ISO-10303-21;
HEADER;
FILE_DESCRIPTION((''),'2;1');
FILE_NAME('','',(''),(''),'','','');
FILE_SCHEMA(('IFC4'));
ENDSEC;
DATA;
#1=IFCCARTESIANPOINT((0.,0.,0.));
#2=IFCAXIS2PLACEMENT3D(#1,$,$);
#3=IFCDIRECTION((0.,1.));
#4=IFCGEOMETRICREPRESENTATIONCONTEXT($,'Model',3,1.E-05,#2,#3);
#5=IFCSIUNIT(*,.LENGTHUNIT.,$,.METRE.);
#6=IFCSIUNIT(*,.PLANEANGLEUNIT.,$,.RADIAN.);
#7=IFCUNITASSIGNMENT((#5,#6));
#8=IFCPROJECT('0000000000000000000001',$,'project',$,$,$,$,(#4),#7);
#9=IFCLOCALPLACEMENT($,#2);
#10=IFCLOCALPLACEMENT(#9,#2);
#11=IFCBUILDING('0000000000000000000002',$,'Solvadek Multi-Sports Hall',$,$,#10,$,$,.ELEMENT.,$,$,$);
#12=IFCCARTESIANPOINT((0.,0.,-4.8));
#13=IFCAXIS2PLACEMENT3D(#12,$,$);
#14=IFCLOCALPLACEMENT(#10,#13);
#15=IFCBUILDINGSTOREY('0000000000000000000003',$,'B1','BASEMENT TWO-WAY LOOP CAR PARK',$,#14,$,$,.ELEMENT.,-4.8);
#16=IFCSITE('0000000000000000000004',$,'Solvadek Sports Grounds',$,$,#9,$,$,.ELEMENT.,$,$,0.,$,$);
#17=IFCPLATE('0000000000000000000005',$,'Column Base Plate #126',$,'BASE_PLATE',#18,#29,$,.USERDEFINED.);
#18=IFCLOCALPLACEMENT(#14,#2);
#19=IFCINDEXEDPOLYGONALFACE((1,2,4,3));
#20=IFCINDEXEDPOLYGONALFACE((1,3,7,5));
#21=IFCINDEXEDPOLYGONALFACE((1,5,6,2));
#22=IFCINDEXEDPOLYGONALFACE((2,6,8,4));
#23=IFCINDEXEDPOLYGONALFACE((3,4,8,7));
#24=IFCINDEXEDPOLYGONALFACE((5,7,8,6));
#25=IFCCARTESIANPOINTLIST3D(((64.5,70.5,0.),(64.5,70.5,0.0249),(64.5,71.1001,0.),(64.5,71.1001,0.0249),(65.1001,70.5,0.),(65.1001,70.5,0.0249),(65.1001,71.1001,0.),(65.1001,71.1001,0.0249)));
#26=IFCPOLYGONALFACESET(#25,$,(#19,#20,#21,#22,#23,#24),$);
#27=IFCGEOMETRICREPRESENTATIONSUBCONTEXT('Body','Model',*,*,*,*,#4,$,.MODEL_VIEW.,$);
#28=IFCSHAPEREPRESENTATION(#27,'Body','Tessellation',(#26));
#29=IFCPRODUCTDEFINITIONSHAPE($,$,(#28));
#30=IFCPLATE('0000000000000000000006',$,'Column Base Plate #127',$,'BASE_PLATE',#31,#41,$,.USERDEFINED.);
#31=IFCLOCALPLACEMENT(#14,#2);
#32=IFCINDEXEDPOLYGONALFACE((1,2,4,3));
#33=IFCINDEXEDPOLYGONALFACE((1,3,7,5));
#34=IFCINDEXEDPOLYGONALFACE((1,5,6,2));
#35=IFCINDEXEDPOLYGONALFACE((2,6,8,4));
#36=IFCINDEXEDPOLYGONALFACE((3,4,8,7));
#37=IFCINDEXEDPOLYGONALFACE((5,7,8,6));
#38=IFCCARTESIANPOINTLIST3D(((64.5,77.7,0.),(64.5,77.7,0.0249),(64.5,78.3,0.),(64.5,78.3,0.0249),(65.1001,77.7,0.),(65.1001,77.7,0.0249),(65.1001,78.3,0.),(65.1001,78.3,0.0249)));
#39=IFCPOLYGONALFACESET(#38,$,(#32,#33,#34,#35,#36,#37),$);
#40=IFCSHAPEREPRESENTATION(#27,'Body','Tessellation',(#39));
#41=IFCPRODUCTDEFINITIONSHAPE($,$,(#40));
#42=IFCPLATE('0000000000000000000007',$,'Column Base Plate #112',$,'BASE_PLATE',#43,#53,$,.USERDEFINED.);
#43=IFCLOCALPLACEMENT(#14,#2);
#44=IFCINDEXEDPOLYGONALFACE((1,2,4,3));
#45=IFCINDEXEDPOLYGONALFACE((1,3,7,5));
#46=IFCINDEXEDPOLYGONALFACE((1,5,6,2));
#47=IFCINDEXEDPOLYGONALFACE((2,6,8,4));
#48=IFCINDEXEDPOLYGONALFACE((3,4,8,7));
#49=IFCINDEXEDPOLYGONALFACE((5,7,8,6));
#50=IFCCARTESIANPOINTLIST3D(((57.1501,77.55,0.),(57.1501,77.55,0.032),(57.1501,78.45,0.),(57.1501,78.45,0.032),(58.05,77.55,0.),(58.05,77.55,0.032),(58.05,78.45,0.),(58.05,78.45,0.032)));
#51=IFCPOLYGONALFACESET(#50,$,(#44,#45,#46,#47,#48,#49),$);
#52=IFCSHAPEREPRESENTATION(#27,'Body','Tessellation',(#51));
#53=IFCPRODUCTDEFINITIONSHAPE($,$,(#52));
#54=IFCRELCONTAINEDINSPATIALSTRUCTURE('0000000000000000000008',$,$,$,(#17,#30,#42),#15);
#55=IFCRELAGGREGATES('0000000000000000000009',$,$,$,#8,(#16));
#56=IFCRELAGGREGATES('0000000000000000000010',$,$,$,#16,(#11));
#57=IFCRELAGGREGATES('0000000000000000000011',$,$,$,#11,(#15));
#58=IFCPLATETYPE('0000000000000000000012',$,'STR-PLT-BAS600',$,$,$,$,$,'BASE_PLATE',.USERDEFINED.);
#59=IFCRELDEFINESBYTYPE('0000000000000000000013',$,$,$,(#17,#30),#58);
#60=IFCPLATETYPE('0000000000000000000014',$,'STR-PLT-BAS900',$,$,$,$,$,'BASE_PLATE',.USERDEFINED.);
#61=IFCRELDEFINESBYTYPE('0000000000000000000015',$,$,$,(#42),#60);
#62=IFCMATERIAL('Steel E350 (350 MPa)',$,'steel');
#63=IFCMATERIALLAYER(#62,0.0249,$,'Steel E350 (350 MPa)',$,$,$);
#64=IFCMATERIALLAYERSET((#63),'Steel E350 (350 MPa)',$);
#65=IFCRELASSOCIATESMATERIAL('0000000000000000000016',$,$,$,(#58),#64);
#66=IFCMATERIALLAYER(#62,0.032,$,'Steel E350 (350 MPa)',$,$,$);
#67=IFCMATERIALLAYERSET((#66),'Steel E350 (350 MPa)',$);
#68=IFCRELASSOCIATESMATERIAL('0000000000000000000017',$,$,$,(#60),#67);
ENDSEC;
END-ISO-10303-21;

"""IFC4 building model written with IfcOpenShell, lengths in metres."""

from ifc_helpers import new_model, si_unit, direction, frame, origin, origin_2d, place, context, subcontext, project, spatial, rectangle, extrude, material, layer, layer_set, type_object, element, save


model = new_model("IFC4")

# Units and contexts
model_context = context("Model", 3, precision=1e-05, world=origin(), true_north=direction((0.0, 1.0)))
body_context = subcontext(model_context, "Body", "Model", "MODEL_VIEW")
ifc_project = project(units=[si_unit("LENGTHUNIT", "METRE"), si_unit("PLANEANGLEUNIT", "RADIAN")], contexts=[model_context])

# Site, building, storey
site_placement = place(None, origin())
site = spatial("IfcSite", under=ifc_project, at=site_placement, Name="Solvadek Sports Grounds", CompositionType="ELEMENT", RefElevation=0.0)
building_placement = place(site_placement, origin())
building = spatial("IfcBuilding", under=site, at=building_placement, Name="Solvadek Multi-Sports Hall", CompositionType="ELEMENT")
storey_placement = place(building_placement, frame((0.0, 0.0, -4.8)))
storey = spatial("IfcBuildingStorey", under=building, at=storey_placement, Name="B1", Description="BASEMENT TWO-WAY LOOP CAR PARK", CompositionType="ELEMENT", Elevation=-4.8)

# Shared definitions
ifc_material_1 = material(Name="Steel E350 (350 MPa)", Category="steel")

# Plates
ifc_layer_1 = layer(ifc_material_1, 0.0249, Name="Steel E350 (350 MPa)")
ifc_layer_set_1 = layer_set([ifc_layer_1], Name="Steel E350 (350 MPa)")
plate_type_1 = type_object("IfcPlateType", Name="STR-PLT-BAS600", ElementType="BASE_PLATE", PredefinedType="USERDEFINED", material=ifc_layer_set_1)
for number, where, z_axis, x_axis, name in (
    (1, (64.8, 70.8, 0.0), (0.0, 0.0, 1.0), (1.0, 0.0, 0.0), "Column Base Plate #126"),
    (2, (64.8, 78.0, 0.0), (0.0, 0.0, 1.0), (1.0, 0.0, 0.0), "Column Base Plate #127"),
):
    element("IfcPlate", number, at=place(storey_placement, frame(where, z_axis=z_axis, x_axis=x_axis)), inside=storey, type_object=plate_type_1, Name=name, ObjectType="BASE_PLATE", PredefinedType="USERDEFINED", context=body_context, shape_type="SweptSolid", body=[
        extrude(rectangle(XDim=0.6001, YDim=0.6001, at=origin_2d()), origin(), (0.0, 0.0, 1.0), 0.0249),
    ])
ifc_layer_2 = layer(ifc_material_1, 0.032, Name="Steel E350 (350 MPa)")
ifc_layer_set_2 = layer_set([ifc_layer_2], Name="Steel E350 (350 MPa)")
plate_type_2 = type_object("IfcPlateType", Name="STR-PLT-BAS900", ElementType="BASE_PLATE", PredefinedType="USERDEFINED", material=ifc_layer_set_2)
plate_placement = place(storey_placement, frame((57.6001, 78.0, 0.0), z_axis=(0.0, 0.0, 1.0), x_axis=(1.0, 0.0, 0.0)))
element("IfcPlate", 3, at=plate_placement, inside=storey, type_object=plate_type_2, Name="Column Base Plate #112", ObjectType="BASE_PLATE", PredefinedType="USERDEFINED", context=body_context, shape_type="SweptSolid", body=[
    extrude(rectangle(XDim=0.8999, YDim=0.8999, at=origin_2d()), origin(), (0.0, 0.0, 1.0), 0.032),
])

save(model, "model.ifc")
